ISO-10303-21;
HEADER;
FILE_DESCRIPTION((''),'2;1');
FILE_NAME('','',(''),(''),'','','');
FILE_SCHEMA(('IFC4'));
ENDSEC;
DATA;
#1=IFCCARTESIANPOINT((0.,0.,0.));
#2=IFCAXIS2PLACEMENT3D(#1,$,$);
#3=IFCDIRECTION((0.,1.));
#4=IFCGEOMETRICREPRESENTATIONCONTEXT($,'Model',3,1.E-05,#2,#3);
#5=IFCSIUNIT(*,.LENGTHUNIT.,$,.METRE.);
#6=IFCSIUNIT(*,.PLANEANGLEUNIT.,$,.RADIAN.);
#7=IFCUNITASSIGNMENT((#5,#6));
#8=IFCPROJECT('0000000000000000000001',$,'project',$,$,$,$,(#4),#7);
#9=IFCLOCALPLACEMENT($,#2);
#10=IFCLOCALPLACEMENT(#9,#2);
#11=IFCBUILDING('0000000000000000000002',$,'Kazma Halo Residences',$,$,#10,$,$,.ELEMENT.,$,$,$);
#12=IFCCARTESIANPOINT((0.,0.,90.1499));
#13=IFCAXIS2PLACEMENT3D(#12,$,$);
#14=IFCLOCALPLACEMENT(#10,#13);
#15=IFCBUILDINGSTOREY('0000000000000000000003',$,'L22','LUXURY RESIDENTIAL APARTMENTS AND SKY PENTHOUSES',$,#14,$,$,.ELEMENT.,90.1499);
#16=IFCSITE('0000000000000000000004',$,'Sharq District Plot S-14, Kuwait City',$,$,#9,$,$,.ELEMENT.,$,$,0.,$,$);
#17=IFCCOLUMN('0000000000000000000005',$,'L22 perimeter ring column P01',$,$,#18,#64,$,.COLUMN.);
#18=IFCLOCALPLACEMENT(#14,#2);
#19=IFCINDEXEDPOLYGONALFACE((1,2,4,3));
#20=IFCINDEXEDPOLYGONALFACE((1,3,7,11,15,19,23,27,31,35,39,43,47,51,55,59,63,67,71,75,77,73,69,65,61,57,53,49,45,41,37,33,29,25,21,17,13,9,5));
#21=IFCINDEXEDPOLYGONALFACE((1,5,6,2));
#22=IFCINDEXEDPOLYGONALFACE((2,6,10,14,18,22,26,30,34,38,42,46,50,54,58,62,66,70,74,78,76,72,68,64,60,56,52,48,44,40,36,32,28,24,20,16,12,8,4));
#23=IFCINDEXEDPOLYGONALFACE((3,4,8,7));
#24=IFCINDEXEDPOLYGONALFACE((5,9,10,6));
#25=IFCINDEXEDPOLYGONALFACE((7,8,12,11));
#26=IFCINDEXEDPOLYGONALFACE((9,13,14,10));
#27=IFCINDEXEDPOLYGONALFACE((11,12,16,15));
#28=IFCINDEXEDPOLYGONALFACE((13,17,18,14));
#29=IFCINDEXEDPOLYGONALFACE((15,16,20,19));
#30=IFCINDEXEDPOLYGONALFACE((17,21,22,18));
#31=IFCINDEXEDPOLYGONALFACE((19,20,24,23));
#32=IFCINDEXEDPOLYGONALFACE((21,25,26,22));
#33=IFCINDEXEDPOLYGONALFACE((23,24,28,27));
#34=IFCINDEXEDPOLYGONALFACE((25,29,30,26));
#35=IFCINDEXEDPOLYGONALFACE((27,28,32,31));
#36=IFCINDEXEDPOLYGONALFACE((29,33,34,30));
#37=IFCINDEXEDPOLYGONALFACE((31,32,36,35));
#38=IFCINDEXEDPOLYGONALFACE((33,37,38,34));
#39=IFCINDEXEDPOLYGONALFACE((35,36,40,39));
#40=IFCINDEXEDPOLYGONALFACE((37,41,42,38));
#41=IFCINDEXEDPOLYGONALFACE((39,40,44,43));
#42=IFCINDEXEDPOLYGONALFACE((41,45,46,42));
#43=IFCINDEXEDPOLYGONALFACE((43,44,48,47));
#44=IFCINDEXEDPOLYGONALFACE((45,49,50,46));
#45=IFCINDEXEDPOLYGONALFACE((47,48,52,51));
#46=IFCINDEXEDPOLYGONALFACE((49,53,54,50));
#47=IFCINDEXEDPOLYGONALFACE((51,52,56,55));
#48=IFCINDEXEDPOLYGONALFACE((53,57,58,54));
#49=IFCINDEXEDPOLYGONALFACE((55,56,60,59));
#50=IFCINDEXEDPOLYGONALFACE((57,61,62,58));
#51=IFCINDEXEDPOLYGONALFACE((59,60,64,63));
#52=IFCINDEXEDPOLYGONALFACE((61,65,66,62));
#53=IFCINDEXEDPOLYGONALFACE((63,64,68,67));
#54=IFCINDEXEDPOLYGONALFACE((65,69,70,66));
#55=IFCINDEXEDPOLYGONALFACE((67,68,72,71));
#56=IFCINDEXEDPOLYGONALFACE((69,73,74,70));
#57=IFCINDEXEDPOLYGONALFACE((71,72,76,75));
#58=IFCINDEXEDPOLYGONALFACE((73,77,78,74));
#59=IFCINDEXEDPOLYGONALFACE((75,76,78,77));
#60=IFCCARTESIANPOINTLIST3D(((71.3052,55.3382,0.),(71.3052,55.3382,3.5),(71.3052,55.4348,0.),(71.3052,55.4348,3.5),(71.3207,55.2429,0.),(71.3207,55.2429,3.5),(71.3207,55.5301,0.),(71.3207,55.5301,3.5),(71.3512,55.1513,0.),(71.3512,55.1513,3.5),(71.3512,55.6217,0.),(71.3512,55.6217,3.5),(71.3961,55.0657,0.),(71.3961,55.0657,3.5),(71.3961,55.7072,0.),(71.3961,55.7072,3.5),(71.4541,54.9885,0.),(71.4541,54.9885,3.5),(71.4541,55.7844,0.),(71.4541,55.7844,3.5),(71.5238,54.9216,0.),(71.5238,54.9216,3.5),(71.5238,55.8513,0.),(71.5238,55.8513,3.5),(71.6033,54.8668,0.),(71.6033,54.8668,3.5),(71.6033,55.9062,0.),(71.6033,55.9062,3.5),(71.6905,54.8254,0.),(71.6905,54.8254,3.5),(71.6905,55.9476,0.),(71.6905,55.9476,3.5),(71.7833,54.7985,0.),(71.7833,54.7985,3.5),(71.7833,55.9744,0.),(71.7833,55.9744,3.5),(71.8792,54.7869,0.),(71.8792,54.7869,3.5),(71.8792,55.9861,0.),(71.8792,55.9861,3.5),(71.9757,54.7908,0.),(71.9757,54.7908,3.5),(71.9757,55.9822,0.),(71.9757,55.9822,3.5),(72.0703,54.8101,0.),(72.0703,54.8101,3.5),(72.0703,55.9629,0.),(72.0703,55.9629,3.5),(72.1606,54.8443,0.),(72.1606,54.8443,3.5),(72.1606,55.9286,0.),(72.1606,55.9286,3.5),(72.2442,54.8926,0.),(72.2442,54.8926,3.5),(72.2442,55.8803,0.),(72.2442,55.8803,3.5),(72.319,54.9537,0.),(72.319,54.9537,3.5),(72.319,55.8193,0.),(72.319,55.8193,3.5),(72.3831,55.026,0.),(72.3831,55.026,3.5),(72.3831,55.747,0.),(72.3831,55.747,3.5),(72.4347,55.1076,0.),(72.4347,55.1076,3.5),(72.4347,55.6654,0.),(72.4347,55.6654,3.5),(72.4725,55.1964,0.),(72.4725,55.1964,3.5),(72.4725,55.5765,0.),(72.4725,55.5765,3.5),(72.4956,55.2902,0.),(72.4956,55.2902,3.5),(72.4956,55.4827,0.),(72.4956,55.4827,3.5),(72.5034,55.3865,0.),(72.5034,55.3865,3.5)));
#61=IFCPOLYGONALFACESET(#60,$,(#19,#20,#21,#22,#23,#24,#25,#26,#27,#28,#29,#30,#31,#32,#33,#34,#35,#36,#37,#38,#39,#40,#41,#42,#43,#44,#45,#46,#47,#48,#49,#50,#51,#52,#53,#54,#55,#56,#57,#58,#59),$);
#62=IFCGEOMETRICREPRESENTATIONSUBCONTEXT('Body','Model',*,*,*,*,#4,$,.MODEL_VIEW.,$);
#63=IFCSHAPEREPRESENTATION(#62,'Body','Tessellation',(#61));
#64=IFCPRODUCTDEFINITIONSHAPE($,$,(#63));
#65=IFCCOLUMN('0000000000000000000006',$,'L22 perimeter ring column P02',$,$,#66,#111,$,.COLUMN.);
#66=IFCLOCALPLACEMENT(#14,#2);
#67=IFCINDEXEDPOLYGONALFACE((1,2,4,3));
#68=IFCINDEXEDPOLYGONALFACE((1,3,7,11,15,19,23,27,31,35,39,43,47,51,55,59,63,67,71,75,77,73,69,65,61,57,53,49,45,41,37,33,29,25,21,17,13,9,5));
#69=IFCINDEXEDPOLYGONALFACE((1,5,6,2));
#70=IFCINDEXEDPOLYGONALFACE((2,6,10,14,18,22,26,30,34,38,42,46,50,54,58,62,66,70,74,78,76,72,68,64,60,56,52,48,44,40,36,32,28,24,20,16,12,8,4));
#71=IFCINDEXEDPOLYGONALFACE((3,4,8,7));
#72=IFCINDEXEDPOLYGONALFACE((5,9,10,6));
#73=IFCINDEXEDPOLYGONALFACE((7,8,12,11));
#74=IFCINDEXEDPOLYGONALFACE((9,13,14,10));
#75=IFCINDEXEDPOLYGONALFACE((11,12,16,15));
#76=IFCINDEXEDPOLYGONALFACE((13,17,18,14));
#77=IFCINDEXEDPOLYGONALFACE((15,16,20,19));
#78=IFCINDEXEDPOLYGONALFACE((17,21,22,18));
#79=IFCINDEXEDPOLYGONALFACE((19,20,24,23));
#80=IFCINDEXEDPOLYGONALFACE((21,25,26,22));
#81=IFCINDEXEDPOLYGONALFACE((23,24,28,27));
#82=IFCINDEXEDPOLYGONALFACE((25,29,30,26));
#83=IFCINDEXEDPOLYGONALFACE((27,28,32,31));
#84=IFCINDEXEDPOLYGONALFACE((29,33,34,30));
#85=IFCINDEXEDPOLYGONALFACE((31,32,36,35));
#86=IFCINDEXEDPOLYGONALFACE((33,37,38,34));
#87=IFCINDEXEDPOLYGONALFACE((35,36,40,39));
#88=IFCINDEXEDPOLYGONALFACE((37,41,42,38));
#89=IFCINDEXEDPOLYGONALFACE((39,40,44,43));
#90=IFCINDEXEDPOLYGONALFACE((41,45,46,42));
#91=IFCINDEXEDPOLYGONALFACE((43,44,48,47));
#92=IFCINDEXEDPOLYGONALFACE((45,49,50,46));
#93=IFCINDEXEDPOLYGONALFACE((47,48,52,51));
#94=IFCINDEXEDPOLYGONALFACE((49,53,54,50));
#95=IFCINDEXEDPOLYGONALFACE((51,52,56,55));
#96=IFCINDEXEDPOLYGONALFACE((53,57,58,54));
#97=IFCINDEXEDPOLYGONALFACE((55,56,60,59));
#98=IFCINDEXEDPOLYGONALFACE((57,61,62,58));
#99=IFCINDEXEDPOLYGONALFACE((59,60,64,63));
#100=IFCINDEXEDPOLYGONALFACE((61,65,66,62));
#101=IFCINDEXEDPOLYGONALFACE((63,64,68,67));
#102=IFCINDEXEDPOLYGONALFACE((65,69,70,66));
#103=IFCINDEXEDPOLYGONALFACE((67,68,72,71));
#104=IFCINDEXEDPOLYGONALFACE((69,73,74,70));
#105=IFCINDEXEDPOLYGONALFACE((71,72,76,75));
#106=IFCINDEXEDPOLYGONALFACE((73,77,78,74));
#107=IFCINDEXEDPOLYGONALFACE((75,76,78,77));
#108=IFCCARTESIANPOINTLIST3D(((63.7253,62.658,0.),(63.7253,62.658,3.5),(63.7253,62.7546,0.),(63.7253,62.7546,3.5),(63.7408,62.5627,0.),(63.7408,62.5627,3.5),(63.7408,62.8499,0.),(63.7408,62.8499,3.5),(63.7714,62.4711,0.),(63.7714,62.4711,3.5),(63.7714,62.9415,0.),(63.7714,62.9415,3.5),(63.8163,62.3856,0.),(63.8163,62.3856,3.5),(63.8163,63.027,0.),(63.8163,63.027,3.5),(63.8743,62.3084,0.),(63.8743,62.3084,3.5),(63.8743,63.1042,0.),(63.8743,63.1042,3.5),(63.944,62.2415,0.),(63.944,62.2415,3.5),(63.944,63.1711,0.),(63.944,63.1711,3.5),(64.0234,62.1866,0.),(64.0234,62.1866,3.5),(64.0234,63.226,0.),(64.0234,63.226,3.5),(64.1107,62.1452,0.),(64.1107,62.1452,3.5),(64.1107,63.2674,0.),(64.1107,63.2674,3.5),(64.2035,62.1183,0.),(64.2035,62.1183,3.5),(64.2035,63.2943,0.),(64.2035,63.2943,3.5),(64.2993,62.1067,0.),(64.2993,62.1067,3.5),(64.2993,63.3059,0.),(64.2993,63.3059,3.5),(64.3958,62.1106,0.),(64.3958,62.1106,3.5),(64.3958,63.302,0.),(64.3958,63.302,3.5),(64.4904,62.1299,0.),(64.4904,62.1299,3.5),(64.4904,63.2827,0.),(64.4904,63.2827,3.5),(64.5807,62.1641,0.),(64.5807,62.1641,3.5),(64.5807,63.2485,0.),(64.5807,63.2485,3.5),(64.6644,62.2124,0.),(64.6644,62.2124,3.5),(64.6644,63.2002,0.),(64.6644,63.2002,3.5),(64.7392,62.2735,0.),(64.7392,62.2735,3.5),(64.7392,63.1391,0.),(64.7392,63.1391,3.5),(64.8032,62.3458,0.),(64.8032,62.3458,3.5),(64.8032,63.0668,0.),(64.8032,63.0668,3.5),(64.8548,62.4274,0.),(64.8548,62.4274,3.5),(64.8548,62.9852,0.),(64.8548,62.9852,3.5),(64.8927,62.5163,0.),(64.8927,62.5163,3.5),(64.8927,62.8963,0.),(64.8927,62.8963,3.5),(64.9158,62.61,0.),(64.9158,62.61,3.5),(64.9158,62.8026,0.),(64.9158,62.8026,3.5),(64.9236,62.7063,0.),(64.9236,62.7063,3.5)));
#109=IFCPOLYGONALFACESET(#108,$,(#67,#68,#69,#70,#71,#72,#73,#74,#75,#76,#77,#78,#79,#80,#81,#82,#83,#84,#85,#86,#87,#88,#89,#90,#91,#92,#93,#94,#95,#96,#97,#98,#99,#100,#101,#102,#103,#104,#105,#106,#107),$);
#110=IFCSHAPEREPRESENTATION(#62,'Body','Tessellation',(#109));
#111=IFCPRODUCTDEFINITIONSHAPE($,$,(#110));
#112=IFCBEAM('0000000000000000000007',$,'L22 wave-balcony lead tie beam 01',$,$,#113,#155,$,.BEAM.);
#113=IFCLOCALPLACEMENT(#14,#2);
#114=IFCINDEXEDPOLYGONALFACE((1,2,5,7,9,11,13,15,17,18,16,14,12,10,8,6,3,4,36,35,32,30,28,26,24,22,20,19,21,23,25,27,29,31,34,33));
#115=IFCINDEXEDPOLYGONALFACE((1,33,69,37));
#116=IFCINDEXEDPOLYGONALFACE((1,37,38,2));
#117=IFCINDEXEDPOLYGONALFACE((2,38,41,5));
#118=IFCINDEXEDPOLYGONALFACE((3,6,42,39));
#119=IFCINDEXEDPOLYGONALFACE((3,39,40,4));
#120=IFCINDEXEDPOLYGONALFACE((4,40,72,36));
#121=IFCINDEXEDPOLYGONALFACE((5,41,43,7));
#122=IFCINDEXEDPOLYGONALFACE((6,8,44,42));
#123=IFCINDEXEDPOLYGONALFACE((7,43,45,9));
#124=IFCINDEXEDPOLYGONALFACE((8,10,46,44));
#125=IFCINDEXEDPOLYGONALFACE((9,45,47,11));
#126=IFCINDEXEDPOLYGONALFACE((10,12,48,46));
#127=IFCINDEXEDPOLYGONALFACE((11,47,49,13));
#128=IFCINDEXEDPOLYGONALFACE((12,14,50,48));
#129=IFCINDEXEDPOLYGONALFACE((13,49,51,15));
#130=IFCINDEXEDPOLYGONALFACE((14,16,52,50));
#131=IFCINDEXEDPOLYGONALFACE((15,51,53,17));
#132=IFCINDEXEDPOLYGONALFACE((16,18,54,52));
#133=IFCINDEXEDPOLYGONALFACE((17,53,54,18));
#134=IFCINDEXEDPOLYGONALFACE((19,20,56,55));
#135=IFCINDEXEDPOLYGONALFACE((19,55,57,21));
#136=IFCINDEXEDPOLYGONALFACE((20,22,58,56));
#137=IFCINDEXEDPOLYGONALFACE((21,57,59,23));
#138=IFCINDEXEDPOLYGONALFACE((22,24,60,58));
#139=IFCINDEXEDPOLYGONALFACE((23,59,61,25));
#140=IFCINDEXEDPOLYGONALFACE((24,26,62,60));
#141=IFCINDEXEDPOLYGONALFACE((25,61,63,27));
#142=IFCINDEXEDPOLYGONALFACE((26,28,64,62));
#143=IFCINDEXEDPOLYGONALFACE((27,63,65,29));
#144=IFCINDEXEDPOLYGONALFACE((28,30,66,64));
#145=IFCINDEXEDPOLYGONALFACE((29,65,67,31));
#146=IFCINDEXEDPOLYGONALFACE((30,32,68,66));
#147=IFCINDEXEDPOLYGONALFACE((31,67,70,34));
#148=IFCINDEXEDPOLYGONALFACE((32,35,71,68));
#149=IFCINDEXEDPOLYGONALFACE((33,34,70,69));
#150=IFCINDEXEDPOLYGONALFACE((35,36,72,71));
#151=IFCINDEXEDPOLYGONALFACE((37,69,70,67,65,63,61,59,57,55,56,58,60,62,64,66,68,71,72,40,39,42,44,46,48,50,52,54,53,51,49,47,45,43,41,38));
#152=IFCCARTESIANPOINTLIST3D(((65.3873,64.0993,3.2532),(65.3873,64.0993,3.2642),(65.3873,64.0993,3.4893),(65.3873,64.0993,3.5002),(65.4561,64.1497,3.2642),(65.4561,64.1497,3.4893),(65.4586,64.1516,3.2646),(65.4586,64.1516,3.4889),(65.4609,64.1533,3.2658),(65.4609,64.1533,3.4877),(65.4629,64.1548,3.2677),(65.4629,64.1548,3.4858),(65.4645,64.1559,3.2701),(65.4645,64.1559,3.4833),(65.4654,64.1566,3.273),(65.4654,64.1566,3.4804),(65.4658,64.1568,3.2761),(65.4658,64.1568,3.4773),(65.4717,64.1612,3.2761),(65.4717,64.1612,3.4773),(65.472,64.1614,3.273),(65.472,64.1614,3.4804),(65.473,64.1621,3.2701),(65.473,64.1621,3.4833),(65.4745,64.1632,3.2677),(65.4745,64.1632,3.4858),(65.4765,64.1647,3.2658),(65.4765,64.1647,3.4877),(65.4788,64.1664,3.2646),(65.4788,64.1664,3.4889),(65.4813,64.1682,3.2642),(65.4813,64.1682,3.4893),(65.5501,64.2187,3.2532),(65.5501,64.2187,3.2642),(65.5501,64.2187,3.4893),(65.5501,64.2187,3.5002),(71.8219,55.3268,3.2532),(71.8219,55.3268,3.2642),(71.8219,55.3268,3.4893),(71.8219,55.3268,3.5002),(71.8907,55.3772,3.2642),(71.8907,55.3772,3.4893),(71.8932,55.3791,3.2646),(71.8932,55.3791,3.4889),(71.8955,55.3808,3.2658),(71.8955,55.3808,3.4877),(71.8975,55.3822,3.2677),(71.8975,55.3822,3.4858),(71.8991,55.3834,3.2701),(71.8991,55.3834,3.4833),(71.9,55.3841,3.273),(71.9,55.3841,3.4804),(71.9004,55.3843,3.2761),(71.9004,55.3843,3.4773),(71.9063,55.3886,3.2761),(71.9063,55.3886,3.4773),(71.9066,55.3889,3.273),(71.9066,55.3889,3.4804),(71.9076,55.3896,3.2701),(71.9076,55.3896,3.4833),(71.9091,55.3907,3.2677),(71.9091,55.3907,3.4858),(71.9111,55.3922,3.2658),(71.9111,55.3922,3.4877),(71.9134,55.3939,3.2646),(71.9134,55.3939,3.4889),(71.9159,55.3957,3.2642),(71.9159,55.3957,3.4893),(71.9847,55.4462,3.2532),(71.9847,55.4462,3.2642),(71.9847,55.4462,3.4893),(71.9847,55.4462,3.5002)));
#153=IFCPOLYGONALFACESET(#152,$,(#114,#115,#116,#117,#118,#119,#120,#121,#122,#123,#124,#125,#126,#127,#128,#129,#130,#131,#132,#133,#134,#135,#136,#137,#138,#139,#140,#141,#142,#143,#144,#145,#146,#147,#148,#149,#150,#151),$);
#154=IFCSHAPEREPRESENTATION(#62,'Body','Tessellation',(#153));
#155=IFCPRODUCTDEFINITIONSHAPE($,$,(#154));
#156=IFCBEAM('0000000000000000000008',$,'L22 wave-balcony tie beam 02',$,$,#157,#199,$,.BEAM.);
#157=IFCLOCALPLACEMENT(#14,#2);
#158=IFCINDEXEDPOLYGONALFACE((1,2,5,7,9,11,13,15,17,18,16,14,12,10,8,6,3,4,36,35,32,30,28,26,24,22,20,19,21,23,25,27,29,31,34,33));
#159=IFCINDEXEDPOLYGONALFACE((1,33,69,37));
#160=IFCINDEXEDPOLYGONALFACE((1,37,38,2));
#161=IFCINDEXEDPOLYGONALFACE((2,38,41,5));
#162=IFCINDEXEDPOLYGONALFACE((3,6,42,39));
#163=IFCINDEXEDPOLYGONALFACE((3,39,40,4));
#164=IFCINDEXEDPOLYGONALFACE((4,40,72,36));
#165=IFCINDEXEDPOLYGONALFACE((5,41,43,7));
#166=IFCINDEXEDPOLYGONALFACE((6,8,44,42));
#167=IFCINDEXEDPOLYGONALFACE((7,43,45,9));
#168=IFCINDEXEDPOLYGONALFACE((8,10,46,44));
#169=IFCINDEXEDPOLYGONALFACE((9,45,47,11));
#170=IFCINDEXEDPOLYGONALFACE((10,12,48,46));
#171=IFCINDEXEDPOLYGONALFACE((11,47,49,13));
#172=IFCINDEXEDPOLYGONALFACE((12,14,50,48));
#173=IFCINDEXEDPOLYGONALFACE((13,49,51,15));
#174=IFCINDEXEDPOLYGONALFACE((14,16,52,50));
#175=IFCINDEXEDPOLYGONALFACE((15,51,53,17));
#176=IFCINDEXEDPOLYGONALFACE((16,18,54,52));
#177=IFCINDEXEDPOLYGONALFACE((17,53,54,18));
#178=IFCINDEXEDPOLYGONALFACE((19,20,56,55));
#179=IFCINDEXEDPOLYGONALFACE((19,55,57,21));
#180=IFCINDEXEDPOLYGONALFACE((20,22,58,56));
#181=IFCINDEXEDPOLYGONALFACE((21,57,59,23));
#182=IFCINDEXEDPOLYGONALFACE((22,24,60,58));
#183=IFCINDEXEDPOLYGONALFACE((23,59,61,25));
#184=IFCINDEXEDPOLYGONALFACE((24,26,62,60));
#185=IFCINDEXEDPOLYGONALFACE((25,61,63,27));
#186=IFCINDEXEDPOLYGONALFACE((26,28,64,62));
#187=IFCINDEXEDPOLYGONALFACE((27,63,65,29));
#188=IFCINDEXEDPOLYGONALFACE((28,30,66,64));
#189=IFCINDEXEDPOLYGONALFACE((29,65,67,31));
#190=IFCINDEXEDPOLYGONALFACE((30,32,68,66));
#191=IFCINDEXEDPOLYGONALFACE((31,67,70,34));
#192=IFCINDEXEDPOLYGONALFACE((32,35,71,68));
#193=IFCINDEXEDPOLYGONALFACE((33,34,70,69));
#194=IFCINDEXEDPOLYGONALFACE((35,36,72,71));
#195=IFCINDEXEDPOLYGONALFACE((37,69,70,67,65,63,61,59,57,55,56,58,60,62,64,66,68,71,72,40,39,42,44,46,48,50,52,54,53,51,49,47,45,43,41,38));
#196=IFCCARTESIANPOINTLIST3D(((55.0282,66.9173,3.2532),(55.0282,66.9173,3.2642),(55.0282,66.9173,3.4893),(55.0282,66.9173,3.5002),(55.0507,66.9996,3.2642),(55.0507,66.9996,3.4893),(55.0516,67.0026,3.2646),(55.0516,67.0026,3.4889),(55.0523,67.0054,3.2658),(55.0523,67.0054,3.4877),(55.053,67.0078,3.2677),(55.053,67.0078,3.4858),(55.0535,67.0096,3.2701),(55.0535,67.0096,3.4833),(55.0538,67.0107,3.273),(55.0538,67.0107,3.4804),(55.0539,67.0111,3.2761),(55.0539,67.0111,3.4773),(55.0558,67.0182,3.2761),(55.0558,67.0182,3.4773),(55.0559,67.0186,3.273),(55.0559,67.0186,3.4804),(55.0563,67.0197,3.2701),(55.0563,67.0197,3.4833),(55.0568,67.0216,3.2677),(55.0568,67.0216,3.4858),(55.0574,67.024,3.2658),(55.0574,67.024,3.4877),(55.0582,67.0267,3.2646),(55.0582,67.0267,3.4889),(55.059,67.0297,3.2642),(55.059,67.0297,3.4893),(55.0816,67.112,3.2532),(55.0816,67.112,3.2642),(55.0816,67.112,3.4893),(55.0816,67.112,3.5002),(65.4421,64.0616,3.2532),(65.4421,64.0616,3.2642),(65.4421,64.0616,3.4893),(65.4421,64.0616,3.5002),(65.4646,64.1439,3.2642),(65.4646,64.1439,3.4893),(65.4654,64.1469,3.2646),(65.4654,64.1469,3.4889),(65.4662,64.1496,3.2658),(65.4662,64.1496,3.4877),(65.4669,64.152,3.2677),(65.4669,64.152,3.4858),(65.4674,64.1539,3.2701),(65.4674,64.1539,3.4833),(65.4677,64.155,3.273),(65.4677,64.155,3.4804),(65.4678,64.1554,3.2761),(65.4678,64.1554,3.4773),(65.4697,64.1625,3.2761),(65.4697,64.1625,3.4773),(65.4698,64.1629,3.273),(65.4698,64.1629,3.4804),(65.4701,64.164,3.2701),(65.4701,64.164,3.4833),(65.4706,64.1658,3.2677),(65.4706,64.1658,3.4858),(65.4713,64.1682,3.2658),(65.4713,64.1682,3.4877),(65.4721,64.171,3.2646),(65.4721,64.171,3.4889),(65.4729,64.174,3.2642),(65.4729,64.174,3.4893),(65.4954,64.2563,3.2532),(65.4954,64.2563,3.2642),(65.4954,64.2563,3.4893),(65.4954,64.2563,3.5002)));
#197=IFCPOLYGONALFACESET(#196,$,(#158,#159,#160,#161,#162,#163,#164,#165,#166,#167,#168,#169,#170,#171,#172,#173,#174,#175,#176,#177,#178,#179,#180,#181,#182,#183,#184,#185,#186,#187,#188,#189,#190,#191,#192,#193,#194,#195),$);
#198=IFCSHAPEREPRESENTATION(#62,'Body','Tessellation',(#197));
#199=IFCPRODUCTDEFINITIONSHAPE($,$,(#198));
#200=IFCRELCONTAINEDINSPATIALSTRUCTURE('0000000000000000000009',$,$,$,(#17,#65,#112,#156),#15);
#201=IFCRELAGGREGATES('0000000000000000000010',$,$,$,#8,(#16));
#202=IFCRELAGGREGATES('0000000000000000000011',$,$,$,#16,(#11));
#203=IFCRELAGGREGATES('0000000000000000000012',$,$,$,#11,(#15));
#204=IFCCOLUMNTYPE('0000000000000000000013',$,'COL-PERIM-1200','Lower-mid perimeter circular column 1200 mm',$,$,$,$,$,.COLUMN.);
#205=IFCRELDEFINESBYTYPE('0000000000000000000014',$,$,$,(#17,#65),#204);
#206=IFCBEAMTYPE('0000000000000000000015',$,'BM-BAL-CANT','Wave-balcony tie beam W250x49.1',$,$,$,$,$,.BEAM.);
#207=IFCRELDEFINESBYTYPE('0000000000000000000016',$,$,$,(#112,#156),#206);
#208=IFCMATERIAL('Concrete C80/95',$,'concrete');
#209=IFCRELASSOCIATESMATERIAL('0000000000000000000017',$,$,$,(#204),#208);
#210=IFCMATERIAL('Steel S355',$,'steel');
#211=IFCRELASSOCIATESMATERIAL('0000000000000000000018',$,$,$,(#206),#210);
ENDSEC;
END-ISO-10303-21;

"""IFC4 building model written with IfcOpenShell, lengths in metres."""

from ifc_helpers import new_model, si_unit, direction, frame, origin, origin_2d, place, context, subcontext, project, spatial, circle, i_section, extrude, material, material_profile, profile_set, type_object, element, save


model = new_model("IFC4")

# Units and contexts
model_context = context("Model", 3, precision=1e-05, world=origin(), true_north=direction((0.0, 1.0)))
body_context = subcontext(model_context, "Body", "Model", "MODEL_VIEW")
ifc_project = project(units=[si_unit("LENGTHUNIT", "METRE"), si_unit("PLANEANGLEUNIT", "RADIAN")], contexts=[model_context])

# Site, building, storey
site_placement = place(None, origin())
site = spatial("IfcSite", under=ifc_project, at=site_placement, Name="Sharq District Plot S-14, Kuwait City", CompositionType="ELEMENT", RefElevation=0.0)
building_placement = place(site_placement, origin())
building = spatial("IfcBuilding", under=site, at=building_placement, Name="Kazma Halo Residences", CompositionType="ELEMENT")
storey_placement = place(building_placement, frame((0.0, 0.0, 90.1499)))
storey = spatial("IfcBuildingStorey", under=building, at=storey_placement, Name="L22", Description="LUXURY RESIDENTIAL APARTMENTS AND SKY PENTHOUSES", CompositionType="ELEMENT", Elevation=90.1499)

# Columns
ifc_material_1 = material(Name="Concrete C80/95", Category="concrete")
ifc_material_profile_1 = material_profile(ifc_material_1, circle(Radius=0.6001, at=origin_2d()), Name="CIRC1200")
ifc_profile_set_1 = profile_set([ifc_material_profile_1], Name="Concrete C80/95")
column_type = type_object("IfcColumnType", Name="COL-PERIM-1200", Description="Lower-mid perimeter circular column 1200 mm", PredefinedType="COLUMN", material=ifc_profile_set_1)
for number, where, z_axis, x_axis, name in (
    (1, (71.9033, 55.3865, 0.0), (0.0, 0.0, 1.0), (1.0, 0.0, 0.0), "L22 perimeter ring column P01"),
    (2, (64.3235, 62.7063, 0.0), (0.0, 0.0, 1.0), (1.0, 0.0, 0.0), "L22 perimeter ring column P02"),
):
    element("IfcColumn", number, at=place(storey_placement, frame(where, z_axis=z_axis, x_axis=x_axis)), inside=storey, type_object=column_type, Name=name, PredefinedType="COLUMN", context=body_context, shape_type="SweptSolid", body=[
        extrude(circle(Radius=0.6001, at=origin_2d()), origin(), (0.0, 0.0, 1.0), 3.5),
    ])

# Beams
ifc_material_2 = material(Name="Steel S355", Category="steel")
ifc_material_profile_2 = material_profile(ifc_material_2, i_section(OverallWidth=0.2019, OverallDepth=0.2471, WebThickness=0.0073, FlangeThickness=0.011, FilletRadius=0.012, at=origin_2d()), Name="W250x49.1")
ifc_profile_set_2 = profile_set([ifc_material_profile_2], Name="Steel S355")
beam_type_1 = type_object("IfcBeamType", Name="BM-BAL-CANT", Description="Wave-balcony tie beam W250x49.1", PredefinedType="BEAM", material=ifc_profile_set_2)
beam_1_placement = place(storey_placement, frame((71.9033, 55.3865, 3.3767), z_axis=(-0.591449, 0.806342, 0.0), x_axis=(-0.806342, -0.591449, 0.0)))
element("IfcBeam", 3, at=beam_1_placement, inside=storey, type_object=beam_type_1, Name="L22 wave-balcony lead tie beam 01", PredefinedType="BEAM", context=body_context, shape_type="SweptSolid", body=[
    extrude(i_section(OverallWidth=0.2019, OverallDepth=0.2471, WebThickness=0.0073, FlangeThickness=0.011, FilletRadius=0.012, at=origin_2d()), origin(), (0.0, 0.0, 1.0), 10.8794),
])
beam_2_placement = place(storey_placement, frame((65.4688, 64.1589, 3.3767), z_axis=(-0.964397, 0.26446, 0.0), x_axis=(-0.26446, -0.964397, 0.0)))
element("IfcBeam", 4, at=beam_2_placement, inside=storey, type_object=beam_type_1, Name="L22 wave-balcony tie beam 02", PredefinedType="BEAM", context=body_context, shape_type="SweptSolid", body=[
    extrude(i_section(OverallWidth=0.2019, OverallDepth=0.2471, WebThickness=0.0073, FlangeThickness=0.011, FilletRadius=0.012, at=origin_2d()), origin(), (0.0, 0.0, 1.0), 10.7983),
])

save(model, "model.ifc")
